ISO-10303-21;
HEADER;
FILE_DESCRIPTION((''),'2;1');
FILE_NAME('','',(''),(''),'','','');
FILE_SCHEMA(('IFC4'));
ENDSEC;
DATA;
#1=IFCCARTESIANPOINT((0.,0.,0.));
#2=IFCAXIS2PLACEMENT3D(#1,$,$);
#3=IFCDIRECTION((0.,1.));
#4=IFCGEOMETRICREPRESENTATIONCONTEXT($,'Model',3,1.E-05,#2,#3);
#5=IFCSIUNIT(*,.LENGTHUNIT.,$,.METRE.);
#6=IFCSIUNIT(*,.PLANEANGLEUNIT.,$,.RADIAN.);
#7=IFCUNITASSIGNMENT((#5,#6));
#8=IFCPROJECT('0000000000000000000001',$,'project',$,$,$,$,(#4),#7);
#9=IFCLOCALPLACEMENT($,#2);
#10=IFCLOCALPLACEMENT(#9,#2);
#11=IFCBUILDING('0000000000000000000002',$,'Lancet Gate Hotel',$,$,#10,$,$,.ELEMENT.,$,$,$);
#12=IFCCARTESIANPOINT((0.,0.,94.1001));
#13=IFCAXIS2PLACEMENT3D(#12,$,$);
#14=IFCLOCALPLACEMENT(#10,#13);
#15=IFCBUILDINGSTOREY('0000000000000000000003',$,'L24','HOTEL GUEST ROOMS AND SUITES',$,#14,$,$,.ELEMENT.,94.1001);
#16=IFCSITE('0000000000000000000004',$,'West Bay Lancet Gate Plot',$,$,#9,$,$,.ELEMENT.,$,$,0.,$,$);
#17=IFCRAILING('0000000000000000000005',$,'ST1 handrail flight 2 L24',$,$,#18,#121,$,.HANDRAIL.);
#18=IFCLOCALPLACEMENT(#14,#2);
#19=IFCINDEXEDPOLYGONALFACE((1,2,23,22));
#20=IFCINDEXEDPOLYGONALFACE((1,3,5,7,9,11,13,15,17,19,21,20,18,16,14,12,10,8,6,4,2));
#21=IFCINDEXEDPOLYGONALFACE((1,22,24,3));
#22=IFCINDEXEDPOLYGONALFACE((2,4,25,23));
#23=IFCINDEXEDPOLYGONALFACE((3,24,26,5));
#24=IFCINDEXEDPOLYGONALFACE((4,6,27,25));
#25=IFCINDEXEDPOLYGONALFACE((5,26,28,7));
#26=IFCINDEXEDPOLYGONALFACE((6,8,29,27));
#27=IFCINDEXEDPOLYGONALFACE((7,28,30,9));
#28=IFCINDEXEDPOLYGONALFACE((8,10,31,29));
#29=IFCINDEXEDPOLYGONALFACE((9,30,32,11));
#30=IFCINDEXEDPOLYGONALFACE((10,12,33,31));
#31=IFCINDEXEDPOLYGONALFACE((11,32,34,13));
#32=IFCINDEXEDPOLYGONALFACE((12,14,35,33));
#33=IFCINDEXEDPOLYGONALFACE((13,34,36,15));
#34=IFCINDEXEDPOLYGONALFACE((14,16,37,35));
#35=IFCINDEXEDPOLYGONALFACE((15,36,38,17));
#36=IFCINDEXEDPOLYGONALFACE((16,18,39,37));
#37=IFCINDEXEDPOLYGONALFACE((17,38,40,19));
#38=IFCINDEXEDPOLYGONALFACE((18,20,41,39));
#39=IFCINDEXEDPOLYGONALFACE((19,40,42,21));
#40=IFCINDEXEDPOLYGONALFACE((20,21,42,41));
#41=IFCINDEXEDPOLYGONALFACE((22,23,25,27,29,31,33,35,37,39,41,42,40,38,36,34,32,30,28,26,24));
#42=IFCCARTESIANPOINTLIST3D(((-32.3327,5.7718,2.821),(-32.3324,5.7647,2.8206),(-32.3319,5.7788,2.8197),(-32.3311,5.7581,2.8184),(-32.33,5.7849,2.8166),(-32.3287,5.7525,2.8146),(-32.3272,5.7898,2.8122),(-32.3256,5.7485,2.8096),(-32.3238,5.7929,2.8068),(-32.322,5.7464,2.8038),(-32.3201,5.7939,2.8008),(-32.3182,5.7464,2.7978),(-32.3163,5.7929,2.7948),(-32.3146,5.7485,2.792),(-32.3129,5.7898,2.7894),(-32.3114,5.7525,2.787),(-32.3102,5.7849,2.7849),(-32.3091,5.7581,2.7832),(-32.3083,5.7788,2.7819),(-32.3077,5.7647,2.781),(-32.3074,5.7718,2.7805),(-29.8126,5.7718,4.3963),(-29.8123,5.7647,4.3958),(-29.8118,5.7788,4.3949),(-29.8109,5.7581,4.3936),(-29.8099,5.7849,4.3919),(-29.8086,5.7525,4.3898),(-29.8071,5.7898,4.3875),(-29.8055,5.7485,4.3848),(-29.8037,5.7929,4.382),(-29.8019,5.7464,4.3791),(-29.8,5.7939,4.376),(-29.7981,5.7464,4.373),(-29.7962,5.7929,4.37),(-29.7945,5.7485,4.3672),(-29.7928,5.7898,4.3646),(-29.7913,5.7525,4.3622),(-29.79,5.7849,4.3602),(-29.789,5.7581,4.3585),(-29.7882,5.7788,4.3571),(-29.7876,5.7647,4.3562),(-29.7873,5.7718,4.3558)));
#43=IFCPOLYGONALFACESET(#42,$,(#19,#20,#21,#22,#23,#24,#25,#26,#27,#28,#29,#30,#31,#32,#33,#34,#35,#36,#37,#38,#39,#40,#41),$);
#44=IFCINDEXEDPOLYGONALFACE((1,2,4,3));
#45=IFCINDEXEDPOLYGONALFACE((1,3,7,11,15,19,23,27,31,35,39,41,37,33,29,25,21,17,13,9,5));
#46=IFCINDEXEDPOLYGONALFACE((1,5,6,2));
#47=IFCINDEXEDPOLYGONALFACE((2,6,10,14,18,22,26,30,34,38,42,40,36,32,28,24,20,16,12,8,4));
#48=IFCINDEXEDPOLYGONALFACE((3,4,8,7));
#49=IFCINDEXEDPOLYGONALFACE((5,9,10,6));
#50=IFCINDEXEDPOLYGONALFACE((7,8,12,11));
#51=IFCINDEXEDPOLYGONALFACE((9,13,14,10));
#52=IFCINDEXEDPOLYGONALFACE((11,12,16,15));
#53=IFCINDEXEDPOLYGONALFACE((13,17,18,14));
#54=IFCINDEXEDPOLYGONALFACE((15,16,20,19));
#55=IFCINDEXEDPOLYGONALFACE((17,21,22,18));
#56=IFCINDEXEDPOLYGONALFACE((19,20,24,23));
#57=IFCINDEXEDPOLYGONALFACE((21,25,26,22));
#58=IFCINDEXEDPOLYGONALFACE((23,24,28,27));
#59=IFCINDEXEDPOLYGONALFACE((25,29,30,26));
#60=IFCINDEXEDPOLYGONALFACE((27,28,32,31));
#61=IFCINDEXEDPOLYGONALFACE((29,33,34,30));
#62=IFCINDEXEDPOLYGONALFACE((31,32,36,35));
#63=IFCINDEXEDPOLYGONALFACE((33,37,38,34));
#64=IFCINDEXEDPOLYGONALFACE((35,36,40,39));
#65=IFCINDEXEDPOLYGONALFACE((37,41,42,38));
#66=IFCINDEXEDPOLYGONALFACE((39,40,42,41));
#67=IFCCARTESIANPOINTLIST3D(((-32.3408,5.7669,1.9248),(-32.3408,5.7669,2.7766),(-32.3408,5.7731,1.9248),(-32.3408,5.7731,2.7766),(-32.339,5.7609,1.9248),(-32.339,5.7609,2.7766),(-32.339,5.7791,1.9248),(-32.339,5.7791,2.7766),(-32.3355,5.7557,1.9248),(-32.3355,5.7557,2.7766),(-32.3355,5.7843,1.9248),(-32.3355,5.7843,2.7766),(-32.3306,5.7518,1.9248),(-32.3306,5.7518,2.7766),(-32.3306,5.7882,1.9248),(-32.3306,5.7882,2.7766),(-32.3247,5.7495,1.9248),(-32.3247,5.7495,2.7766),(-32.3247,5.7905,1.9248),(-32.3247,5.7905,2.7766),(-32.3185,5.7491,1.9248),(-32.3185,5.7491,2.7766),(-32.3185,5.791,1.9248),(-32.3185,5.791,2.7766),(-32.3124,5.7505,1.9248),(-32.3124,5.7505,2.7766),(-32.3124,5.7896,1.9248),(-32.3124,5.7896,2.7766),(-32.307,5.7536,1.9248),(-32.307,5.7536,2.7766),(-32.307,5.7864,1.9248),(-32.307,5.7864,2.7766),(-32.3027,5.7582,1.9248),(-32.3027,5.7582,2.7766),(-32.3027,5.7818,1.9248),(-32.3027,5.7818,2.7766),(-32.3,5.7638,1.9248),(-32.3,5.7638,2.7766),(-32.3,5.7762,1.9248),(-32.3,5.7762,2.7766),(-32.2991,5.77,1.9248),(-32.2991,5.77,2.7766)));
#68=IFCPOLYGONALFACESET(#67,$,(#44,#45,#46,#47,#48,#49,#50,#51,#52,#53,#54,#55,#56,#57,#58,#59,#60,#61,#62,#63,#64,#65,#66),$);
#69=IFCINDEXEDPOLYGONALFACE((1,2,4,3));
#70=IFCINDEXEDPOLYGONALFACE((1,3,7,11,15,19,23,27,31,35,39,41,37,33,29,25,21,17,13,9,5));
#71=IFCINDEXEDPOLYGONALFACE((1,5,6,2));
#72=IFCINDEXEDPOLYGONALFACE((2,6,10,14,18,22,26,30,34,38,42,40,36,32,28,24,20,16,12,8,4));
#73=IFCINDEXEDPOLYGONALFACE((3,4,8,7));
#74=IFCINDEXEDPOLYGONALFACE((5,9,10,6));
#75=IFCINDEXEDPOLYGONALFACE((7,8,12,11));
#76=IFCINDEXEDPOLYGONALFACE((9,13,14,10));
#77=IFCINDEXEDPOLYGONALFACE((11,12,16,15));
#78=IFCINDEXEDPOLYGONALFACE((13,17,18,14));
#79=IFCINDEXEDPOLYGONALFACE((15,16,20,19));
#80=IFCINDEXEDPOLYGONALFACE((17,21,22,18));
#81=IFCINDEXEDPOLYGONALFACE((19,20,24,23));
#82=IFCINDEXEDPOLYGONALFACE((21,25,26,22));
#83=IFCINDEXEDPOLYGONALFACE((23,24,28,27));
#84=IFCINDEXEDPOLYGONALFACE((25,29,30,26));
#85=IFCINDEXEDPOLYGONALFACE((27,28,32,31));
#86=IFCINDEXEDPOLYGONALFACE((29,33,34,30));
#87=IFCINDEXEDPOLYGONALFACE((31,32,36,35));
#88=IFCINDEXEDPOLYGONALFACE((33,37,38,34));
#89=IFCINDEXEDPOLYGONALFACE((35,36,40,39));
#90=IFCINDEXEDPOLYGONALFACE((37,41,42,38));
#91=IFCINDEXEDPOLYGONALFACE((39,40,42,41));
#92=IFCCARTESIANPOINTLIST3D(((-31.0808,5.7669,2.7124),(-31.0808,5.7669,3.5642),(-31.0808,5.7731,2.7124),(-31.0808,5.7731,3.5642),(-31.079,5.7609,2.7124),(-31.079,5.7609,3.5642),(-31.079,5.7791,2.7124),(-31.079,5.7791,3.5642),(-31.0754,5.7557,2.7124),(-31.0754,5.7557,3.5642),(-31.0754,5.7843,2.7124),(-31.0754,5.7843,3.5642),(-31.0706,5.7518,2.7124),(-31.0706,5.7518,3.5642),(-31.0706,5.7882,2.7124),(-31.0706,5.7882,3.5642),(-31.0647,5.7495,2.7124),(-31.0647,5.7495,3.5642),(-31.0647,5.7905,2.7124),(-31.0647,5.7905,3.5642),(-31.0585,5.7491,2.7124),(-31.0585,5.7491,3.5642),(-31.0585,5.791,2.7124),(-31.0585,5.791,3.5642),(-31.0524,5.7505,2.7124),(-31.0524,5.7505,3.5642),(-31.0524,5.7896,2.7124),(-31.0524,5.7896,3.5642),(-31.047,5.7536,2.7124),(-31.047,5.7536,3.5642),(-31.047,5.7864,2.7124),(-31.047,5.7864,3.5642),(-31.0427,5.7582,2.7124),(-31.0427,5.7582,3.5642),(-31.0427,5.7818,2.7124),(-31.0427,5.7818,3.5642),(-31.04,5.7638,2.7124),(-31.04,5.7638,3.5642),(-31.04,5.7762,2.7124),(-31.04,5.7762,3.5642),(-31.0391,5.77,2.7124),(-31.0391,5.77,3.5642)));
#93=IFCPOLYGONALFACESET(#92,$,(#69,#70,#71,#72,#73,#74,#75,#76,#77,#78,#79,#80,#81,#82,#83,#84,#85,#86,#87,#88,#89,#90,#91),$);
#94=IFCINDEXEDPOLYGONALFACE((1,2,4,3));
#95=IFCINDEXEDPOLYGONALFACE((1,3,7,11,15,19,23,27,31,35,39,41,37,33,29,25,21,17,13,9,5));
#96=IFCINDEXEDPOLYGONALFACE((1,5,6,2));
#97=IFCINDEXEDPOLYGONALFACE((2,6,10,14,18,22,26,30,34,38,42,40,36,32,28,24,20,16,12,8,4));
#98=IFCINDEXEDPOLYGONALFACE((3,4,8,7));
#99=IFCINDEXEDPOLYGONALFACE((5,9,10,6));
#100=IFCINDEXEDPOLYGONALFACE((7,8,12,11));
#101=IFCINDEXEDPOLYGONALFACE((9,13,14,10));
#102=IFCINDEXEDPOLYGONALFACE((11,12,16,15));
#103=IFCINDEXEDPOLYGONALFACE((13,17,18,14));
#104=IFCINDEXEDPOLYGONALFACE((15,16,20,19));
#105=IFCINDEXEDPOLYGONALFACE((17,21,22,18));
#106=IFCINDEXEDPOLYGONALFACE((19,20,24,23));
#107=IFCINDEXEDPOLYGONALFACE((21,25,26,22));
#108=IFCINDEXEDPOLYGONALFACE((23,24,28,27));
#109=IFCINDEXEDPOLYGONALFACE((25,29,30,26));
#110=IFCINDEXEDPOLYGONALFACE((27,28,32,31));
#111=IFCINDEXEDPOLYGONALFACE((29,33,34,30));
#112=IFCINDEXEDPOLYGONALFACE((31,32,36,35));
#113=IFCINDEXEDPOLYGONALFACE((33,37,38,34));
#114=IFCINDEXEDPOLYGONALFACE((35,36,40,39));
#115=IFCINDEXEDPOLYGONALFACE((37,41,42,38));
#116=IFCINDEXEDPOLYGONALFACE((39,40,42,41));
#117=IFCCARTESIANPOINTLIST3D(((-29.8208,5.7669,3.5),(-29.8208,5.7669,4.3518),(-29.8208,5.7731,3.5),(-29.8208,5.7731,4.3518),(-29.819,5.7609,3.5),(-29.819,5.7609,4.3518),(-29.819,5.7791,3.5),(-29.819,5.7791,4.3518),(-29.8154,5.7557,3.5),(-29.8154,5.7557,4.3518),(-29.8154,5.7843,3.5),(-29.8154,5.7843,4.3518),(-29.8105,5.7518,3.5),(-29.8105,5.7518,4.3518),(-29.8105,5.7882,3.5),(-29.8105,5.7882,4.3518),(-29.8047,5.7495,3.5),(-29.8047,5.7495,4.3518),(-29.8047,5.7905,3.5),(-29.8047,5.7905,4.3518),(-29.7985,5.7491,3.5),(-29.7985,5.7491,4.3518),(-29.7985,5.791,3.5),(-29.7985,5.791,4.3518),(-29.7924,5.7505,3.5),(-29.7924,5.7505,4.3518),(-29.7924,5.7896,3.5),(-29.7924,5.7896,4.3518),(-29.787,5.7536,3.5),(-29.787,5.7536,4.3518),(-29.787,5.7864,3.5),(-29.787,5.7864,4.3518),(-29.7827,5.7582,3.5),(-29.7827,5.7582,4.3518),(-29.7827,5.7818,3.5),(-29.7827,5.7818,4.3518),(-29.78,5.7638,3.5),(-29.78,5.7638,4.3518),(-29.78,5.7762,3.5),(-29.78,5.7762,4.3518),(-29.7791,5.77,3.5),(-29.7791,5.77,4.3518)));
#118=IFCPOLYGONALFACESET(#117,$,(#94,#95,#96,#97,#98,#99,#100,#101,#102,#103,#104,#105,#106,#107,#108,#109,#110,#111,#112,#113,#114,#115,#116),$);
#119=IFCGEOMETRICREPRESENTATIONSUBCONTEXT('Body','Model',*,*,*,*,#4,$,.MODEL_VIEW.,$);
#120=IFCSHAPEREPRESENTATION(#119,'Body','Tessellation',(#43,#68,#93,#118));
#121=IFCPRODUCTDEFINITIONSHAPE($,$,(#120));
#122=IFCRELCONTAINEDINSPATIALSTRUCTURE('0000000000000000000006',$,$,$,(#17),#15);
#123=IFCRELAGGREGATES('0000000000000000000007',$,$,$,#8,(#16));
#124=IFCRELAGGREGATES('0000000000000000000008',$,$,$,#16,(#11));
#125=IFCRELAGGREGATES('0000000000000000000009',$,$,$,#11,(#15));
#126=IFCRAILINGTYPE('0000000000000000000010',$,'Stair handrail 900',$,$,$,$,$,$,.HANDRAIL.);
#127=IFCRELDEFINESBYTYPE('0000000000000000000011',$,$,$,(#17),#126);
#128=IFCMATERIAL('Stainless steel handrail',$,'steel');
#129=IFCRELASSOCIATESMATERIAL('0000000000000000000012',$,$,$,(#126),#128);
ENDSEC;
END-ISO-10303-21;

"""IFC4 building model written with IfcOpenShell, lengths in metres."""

from ifc_helpers import new_model, si_unit, direction, frame, origin, origin_2d, place, context, subcontext, project, spatial, circle, extrude, material, type_object, element, save


model = new_model("IFC4")

# Units and contexts
model_context = context("Model", 3, precision=1e-05, world=origin(), true_north=direction((0.0, 1.0)))
body_context = subcontext(model_context, "Body", "Model", "MODEL_VIEW")
ifc_project = project(units=[si_unit("LENGTHUNIT", "METRE"), si_unit("PLANEANGLEUNIT", "RADIAN")], contexts=[model_context])

# Site, building, storey
site_placement = place(None, origin())
site = spatial("IfcSite", under=ifc_project, at=site_placement, Name="West Bay Lancet Gate Plot", CompositionType="ELEMENT", RefElevation=0.0)
building_placement = place(site_placement, origin())
building = spatial("IfcBuilding", under=site, at=building_placement, Name="Lancet Gate Hotel", CompositionType="ELEMENT")
storey_placement = place(building_placement, frame((0.0, 0.0, 94.1001)))
storey = spatial("IfcBuildingStorey", under=building, at=storey_placement, Name="L24", Description="HOTEL GUEST ROOMS AND SUITES", CompositionType="ELEMENT", Elevation=94.1001)

# Railing
ifc_material_1 = material(Name="Stainless steel handrail", Category="steel")
railing_type = type_object("IfcRailingType", Name="Stair handrail 900", PredefinedType="HANDRAIL", material=ifc_material_1)
railing_1_placement = place(storey_placement, frame((-32.3201, 5.77, 1.9248)))
element("IfcRailing", 1, at=railing_1_placement, inside=storey, type_object=railing_type, Name="ST1 handrail flight 2 L24", PredefinedType="HANDRAIL", context=body_context, shape_type="SweptSolid", body=[
    extrude(circle(Radius=0.0239, at=origin_2d()), frame((0.0, 0.0, 0.876), z_axis=(0.847971, 0.0, 0.530043), x_axis=(0.0, 1.0, 0.0)), (0.0, 0.0, 1.0), 2.9719),
    extrude(circle(Radius=0.021, at=origin_2d()), origin(), (0.0, 0.0, 1.0), 0.8518),
    extrude(circle(Radius=0.021, at=origin_2d()), frame((1.26, 0.0, 0.7876)), (0.0, 0.0, 1.0), 0.8518),
    extrude(circle(Radius=0.021, at=origin_2d()), frame((2.52, 0.0, 1.5752)), (0.0, 0.0, 1.0), 0.8518),
])

save(model, "model.ifc")
